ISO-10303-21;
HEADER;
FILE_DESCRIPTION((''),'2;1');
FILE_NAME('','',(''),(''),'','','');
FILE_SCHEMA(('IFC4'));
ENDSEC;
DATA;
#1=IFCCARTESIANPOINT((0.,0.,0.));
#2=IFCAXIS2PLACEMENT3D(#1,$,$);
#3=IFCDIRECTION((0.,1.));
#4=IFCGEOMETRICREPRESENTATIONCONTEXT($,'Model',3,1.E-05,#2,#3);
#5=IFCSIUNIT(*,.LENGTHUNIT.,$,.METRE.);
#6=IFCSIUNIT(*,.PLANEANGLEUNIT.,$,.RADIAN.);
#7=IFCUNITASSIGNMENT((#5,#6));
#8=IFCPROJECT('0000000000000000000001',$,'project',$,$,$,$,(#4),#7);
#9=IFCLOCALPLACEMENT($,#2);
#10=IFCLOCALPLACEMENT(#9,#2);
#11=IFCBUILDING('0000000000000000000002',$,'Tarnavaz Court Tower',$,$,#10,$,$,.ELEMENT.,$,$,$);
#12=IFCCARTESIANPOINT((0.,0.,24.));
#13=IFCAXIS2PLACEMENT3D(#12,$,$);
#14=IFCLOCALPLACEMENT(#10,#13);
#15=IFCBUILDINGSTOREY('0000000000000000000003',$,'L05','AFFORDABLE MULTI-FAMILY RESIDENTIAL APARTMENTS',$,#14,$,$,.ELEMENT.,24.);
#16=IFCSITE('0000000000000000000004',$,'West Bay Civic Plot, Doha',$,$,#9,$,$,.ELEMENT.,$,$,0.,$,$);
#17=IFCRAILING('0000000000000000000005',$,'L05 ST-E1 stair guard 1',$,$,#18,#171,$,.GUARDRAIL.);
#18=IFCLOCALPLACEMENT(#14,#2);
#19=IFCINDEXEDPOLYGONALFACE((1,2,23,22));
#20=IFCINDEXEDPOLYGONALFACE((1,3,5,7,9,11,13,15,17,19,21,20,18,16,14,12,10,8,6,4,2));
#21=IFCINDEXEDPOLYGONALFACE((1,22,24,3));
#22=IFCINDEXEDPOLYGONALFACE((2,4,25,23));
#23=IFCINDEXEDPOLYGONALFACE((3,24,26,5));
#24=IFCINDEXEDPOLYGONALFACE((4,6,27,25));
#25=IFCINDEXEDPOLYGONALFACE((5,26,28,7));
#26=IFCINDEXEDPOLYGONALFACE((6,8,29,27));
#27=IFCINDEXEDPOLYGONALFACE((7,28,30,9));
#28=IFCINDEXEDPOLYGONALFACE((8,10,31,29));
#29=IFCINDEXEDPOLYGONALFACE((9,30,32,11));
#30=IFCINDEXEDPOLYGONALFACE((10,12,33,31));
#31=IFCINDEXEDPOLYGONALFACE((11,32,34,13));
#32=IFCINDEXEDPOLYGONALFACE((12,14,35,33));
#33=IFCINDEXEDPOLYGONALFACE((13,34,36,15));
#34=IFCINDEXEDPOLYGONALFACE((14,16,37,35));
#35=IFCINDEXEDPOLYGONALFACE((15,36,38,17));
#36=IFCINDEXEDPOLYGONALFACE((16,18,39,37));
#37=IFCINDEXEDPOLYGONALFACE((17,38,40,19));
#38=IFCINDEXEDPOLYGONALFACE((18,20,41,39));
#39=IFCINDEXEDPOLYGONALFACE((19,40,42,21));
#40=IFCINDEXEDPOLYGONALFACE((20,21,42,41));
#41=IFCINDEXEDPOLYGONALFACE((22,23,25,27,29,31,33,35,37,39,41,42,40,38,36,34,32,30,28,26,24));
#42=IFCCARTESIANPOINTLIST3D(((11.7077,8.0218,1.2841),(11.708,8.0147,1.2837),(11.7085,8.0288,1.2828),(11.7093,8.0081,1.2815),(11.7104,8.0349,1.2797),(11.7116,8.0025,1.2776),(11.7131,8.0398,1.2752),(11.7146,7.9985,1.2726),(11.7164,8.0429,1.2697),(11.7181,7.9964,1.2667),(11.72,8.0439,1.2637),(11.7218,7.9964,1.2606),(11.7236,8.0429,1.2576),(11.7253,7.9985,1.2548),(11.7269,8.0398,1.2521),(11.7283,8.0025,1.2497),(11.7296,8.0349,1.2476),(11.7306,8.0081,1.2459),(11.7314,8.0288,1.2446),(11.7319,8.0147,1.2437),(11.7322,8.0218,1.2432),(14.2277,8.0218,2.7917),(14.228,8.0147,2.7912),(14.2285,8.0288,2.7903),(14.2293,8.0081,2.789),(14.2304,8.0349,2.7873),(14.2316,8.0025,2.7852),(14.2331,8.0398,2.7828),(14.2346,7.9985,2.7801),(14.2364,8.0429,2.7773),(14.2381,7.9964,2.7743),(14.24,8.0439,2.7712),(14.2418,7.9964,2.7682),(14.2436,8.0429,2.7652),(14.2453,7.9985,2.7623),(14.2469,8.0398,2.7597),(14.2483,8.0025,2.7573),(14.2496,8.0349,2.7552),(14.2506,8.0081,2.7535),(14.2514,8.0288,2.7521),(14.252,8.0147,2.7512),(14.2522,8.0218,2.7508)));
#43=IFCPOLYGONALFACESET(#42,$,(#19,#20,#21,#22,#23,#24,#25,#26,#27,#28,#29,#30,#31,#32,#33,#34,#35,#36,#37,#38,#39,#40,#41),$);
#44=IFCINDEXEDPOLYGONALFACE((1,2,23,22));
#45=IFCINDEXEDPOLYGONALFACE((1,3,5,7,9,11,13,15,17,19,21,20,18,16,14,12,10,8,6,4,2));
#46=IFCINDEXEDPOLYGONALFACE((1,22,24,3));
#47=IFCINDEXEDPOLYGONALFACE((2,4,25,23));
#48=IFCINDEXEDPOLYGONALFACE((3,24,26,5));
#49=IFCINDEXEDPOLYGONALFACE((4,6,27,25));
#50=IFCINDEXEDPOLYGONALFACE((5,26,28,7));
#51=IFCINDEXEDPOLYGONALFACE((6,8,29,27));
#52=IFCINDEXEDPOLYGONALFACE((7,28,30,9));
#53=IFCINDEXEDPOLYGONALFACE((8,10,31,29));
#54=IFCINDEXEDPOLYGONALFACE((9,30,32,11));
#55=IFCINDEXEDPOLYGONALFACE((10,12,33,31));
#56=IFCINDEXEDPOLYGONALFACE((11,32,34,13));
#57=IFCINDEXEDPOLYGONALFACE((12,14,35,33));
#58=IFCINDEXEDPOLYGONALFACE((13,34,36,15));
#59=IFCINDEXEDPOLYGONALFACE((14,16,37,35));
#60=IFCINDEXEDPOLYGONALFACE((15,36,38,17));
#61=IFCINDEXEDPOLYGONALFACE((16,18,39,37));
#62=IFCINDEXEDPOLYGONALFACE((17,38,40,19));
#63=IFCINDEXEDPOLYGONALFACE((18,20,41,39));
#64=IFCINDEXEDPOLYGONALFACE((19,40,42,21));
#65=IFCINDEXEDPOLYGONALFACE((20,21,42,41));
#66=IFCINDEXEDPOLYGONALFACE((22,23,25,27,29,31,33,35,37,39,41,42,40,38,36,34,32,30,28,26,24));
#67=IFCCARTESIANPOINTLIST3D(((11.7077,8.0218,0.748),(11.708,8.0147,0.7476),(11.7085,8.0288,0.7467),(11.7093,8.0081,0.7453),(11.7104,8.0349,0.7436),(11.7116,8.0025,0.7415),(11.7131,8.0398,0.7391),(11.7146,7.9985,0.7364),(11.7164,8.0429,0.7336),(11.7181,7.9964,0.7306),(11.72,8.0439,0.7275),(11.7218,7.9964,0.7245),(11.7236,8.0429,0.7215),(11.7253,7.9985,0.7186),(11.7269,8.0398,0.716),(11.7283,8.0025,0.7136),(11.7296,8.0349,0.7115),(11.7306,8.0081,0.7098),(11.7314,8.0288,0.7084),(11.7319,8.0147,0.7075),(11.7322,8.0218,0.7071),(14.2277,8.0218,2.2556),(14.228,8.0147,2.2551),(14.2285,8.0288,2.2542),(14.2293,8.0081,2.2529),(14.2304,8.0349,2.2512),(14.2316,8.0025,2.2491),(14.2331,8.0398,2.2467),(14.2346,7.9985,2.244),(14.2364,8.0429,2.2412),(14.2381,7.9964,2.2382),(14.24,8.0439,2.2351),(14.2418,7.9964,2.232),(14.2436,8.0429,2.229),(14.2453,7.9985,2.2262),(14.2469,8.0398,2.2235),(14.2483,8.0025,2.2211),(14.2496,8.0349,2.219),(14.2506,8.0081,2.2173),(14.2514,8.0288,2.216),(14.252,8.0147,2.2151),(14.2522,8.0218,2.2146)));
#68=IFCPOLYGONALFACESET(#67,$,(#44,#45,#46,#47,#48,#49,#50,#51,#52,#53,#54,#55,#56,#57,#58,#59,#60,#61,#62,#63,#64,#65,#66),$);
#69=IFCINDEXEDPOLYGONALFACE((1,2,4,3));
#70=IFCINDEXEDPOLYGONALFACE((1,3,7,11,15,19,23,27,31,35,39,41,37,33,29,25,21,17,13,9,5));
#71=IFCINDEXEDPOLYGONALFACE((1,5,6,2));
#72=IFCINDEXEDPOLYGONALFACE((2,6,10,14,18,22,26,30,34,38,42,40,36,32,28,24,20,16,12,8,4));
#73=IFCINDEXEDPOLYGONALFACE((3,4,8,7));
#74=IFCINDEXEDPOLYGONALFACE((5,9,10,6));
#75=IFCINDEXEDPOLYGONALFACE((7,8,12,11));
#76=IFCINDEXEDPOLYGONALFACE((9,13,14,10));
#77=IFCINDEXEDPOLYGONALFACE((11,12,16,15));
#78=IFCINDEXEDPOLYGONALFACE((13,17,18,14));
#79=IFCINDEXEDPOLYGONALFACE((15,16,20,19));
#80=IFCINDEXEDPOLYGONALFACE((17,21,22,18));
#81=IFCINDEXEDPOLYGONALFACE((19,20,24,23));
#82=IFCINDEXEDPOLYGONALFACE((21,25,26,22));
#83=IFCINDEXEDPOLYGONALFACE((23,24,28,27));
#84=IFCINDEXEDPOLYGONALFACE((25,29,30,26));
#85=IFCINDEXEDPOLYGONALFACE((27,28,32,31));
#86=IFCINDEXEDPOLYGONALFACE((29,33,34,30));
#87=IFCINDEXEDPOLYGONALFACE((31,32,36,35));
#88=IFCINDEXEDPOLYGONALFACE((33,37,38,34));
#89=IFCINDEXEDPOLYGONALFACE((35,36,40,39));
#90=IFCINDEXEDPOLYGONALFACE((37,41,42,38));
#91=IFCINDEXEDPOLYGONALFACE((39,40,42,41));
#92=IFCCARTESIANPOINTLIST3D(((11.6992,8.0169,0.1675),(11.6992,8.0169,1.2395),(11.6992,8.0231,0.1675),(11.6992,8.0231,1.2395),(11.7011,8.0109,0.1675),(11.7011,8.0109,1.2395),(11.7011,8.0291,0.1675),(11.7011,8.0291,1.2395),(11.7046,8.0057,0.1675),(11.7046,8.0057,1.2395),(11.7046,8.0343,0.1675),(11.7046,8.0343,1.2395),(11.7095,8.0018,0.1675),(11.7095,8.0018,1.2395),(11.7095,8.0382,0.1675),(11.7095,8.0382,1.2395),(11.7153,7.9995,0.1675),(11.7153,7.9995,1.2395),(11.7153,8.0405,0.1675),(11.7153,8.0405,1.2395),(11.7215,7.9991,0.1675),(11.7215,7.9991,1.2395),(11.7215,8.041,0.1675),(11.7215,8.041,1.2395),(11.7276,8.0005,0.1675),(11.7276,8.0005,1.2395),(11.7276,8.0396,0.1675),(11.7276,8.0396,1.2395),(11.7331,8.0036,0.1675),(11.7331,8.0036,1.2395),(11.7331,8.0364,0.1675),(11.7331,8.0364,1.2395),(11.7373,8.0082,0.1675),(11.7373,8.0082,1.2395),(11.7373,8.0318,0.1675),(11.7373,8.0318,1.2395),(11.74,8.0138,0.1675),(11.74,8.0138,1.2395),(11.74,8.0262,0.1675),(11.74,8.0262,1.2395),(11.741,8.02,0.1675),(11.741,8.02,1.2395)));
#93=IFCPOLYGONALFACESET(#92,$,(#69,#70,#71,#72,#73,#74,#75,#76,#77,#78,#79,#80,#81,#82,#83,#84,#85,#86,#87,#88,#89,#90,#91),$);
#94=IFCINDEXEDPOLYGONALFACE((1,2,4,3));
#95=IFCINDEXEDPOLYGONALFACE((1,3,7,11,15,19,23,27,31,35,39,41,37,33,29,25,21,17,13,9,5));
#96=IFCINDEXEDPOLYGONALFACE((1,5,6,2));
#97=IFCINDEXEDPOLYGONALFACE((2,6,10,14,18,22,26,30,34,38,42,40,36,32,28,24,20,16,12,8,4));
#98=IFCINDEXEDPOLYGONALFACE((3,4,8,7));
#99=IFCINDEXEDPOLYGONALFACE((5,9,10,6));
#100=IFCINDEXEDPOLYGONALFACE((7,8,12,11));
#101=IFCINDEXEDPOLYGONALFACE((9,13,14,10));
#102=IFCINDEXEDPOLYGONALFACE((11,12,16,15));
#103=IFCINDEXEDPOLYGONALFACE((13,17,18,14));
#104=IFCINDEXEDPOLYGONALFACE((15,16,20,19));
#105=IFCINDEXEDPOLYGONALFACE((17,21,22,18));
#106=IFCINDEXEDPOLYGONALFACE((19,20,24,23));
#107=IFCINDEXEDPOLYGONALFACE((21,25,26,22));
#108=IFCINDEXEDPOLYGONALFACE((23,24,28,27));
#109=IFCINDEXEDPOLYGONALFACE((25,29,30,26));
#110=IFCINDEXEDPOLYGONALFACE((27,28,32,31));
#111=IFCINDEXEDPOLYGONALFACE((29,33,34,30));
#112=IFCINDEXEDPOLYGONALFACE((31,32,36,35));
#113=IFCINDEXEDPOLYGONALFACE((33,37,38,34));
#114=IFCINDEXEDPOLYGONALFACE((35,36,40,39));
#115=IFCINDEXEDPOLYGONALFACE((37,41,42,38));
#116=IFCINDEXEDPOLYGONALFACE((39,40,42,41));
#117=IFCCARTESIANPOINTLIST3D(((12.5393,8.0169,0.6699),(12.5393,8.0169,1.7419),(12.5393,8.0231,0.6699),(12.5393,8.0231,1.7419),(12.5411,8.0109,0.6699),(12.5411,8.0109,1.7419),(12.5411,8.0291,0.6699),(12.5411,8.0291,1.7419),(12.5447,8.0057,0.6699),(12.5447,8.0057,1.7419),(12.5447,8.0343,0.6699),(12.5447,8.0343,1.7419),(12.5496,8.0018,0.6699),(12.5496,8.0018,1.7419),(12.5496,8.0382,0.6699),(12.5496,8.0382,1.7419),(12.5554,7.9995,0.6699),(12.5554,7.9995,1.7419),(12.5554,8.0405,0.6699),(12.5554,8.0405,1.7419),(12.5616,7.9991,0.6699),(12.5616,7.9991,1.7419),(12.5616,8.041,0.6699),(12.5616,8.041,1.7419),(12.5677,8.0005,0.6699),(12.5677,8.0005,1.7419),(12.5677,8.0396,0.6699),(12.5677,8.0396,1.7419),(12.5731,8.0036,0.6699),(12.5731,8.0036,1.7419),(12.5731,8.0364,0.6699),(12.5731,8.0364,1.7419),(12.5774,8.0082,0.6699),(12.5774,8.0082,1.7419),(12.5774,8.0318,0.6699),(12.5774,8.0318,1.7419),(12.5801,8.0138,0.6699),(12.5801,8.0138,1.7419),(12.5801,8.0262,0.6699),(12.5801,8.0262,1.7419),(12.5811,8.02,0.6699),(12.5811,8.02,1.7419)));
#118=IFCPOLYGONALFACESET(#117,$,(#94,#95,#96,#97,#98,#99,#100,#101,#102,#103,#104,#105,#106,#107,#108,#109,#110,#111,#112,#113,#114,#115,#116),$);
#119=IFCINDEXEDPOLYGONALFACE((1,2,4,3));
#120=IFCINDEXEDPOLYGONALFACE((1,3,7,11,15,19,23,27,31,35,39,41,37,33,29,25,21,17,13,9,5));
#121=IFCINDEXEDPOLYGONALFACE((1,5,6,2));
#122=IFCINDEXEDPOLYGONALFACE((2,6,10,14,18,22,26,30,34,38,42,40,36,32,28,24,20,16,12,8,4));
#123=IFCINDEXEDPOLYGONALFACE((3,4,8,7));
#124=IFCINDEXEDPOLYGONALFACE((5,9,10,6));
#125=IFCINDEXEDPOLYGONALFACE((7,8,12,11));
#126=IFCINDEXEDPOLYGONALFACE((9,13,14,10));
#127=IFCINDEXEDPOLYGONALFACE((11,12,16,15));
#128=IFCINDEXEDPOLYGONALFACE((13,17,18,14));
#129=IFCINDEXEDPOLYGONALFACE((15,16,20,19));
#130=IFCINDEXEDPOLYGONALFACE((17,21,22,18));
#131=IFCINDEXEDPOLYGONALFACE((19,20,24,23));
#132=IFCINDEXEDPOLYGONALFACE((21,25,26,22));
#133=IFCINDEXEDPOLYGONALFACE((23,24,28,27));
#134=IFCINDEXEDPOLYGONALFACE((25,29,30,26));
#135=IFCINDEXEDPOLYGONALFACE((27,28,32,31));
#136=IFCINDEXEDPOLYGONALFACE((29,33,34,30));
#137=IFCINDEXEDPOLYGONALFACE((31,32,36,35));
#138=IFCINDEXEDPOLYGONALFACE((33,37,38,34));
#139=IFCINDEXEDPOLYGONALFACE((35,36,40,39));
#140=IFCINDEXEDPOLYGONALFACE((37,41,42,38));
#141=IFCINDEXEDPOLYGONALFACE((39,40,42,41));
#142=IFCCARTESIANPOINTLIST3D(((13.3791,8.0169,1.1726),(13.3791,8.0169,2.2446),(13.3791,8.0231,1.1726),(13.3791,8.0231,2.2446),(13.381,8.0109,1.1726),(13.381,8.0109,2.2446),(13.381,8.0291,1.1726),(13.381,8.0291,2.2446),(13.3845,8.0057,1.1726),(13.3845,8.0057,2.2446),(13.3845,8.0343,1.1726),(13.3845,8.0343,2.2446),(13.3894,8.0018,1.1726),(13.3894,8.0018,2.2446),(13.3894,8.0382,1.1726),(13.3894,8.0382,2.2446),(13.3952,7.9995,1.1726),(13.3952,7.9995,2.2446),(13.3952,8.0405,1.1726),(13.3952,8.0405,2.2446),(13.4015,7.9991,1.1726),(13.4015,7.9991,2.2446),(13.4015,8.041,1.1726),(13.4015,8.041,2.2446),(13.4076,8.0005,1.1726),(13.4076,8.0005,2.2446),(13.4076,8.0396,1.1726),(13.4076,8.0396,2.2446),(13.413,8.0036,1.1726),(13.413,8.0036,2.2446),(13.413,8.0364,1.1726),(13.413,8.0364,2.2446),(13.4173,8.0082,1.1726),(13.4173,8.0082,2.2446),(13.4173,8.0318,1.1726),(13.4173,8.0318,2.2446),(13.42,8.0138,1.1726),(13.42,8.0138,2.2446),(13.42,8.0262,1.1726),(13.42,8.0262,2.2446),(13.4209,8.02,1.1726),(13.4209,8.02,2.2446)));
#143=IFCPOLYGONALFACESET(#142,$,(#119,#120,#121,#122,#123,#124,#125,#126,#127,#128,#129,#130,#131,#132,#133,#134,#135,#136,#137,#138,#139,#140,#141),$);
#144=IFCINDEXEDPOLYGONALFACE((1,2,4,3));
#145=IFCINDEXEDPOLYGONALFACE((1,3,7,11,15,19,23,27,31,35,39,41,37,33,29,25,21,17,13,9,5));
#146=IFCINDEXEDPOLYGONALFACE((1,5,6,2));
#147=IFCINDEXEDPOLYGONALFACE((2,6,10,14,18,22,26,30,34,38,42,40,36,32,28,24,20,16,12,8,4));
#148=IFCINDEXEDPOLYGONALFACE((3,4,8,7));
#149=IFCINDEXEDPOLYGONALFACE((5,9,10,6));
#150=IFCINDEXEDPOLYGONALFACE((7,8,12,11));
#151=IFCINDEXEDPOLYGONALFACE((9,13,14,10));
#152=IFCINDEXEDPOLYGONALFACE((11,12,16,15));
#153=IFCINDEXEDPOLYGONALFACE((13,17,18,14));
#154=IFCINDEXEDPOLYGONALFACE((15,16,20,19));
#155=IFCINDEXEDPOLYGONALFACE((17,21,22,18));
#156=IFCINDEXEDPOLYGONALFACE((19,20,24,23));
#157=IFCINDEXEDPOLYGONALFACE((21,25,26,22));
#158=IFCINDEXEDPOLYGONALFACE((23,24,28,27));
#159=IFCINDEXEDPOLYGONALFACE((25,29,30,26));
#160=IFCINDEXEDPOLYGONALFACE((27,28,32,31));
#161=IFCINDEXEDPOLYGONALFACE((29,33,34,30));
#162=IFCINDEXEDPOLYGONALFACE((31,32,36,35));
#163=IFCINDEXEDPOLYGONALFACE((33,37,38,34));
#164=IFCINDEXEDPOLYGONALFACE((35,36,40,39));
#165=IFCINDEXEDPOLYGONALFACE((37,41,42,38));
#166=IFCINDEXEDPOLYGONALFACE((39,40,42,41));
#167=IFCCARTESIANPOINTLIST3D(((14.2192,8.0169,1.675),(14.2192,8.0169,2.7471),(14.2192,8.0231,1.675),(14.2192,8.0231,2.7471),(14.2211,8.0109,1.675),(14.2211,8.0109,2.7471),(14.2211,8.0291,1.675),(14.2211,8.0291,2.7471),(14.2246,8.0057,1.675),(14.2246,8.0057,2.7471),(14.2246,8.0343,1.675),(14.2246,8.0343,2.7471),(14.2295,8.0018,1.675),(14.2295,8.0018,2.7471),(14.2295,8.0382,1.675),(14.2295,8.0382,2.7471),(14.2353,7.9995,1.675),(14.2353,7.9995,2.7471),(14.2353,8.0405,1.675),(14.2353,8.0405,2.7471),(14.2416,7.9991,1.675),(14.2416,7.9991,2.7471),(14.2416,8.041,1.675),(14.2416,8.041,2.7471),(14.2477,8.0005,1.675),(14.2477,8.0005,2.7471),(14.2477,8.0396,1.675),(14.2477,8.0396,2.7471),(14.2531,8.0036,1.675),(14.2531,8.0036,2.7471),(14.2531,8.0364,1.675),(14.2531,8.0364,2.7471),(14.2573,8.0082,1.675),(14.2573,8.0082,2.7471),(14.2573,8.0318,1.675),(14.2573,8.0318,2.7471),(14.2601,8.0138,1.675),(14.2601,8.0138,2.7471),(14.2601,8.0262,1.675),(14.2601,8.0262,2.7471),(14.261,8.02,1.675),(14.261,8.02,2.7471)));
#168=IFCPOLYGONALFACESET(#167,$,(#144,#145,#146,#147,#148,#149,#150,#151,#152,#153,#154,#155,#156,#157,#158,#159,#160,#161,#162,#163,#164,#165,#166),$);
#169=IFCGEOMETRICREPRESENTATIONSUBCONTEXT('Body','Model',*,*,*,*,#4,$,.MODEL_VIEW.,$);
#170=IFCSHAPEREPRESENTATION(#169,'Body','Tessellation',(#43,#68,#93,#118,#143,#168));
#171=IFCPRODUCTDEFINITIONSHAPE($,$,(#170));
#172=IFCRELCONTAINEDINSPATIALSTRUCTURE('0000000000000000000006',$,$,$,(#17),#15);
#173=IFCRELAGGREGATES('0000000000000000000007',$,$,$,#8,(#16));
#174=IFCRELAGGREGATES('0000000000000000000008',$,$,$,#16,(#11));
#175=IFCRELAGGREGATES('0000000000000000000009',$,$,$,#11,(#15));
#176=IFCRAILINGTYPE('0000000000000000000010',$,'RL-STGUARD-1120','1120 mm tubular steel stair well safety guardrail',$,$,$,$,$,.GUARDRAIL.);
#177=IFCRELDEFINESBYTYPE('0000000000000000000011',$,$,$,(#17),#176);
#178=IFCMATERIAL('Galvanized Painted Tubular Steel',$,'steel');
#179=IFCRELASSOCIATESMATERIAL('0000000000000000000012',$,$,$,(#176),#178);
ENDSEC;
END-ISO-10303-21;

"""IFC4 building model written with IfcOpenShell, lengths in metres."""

from ifc_helpers import new_model, si_unit, direction, frame, origin, origin_2d, place, context, subcontext, project, spatial, circle, extrude, material, type_object, element, save


model = new_model("IFC4")

# Units and contexts
model_context = context("Model", 3, precision=1e-05, world=origin(), true_north=direction((0.0, 1.0)))
body_context = subcontext(model_context, "Body", "Model", "MODEL_VIEW")
ifc_project = project(units=[si_unit("LENGTHUNIT", "METRE"), si_unit("PLANEANGLEUNIT", "RADIAN")], contexts=[model_context])

# Site, building, storey
site_placement = place(None, origin())
site = spatial("IfcSite", under=ifc_project, at=site_placement, Name="West Bay Civic Plot, Doha", CompositionType="ELEMENT", RefElevation=0.0)
building_placement = place(site_placement, origin())
building = spatial("IfcBuilding", under=site, at=building_placement, Name="Tarnavaz Court Tower", CompositionType="ELEMENT")
storey_placement = place(building_placement, frame((0.0, 0.0, 24.0)))
storey = spatial("IfcBuildingStorey", under=building, at=storey_placement, Name="L05", Description="AFFORDABLE MULTI-FAMILY RESIDENTIAL APARTMENTS", CompositionType="ELEMENT", Elevation=24.0)

# Railing
ifc_material_1 = material(Name="Galvanized Painted Tubular Steel", Category="steel")
railing_type_1 = type_object("IfcRailingType", Name="RL-STGUARD-1120", Description="1120 mm tubular steel stair well safety guardrail", PredefinedType="GUARDRAIL", material=ifc_material_1)
railing_1_placement = place(storey_placement, frame((11.72, 8.02, 0.1675)))
element("IfcRailing", 1, at=railing_1_placement, inside=storey, type_object=railing_type_1, Name="L05 ST-E1 stair guard 1", PredefinedType="GUARDRAIL", context=body_context, shape_type="SweptSolid", body=[
    extrude(circle(Radius=0.0239, at=origin_2d()), frame((0.0, 0.0, 1.0962), z_axis=(0.85816, 0.0, 0.513383), x_axis=(0.0, 1.0, 0.0)), (0.0, 0.0, 1.0), 2.9365),
    extrude(circle(Radius=0.0239, at=origin_2d()), frame((0.0, 0.0, 0.5601), z_axis=(0.85816, 0.0, 0.513383), x_axis=(0.0, 1.0, 0.0)), (0.0, 0.0, 1.0), 2.9365),
    extrude(circle(Radius=0.021, at=origin_2d()), origin(), (0.0, 0.0, 1.0), 1.072),
    extrude(circle(Radius=0.021, at=origin_2d()), frame((0.8401, 0.0, 0.5024)), (0.0, 0.0, 1.0), 1.072),
    extrude(circle(Radius=0.021, at=origin_2d()), frame((1.6799, 0.0, 1.0051)), (0.0, 0.0, 1.0), 1.072),
    extrude(circle(Radius=0.021, at=origin_2d()), frame((2.52, 0.0, 1.5076)), (0.0, 0.0, 1.0), 1.072),
])

save(model, "model.ifc")
